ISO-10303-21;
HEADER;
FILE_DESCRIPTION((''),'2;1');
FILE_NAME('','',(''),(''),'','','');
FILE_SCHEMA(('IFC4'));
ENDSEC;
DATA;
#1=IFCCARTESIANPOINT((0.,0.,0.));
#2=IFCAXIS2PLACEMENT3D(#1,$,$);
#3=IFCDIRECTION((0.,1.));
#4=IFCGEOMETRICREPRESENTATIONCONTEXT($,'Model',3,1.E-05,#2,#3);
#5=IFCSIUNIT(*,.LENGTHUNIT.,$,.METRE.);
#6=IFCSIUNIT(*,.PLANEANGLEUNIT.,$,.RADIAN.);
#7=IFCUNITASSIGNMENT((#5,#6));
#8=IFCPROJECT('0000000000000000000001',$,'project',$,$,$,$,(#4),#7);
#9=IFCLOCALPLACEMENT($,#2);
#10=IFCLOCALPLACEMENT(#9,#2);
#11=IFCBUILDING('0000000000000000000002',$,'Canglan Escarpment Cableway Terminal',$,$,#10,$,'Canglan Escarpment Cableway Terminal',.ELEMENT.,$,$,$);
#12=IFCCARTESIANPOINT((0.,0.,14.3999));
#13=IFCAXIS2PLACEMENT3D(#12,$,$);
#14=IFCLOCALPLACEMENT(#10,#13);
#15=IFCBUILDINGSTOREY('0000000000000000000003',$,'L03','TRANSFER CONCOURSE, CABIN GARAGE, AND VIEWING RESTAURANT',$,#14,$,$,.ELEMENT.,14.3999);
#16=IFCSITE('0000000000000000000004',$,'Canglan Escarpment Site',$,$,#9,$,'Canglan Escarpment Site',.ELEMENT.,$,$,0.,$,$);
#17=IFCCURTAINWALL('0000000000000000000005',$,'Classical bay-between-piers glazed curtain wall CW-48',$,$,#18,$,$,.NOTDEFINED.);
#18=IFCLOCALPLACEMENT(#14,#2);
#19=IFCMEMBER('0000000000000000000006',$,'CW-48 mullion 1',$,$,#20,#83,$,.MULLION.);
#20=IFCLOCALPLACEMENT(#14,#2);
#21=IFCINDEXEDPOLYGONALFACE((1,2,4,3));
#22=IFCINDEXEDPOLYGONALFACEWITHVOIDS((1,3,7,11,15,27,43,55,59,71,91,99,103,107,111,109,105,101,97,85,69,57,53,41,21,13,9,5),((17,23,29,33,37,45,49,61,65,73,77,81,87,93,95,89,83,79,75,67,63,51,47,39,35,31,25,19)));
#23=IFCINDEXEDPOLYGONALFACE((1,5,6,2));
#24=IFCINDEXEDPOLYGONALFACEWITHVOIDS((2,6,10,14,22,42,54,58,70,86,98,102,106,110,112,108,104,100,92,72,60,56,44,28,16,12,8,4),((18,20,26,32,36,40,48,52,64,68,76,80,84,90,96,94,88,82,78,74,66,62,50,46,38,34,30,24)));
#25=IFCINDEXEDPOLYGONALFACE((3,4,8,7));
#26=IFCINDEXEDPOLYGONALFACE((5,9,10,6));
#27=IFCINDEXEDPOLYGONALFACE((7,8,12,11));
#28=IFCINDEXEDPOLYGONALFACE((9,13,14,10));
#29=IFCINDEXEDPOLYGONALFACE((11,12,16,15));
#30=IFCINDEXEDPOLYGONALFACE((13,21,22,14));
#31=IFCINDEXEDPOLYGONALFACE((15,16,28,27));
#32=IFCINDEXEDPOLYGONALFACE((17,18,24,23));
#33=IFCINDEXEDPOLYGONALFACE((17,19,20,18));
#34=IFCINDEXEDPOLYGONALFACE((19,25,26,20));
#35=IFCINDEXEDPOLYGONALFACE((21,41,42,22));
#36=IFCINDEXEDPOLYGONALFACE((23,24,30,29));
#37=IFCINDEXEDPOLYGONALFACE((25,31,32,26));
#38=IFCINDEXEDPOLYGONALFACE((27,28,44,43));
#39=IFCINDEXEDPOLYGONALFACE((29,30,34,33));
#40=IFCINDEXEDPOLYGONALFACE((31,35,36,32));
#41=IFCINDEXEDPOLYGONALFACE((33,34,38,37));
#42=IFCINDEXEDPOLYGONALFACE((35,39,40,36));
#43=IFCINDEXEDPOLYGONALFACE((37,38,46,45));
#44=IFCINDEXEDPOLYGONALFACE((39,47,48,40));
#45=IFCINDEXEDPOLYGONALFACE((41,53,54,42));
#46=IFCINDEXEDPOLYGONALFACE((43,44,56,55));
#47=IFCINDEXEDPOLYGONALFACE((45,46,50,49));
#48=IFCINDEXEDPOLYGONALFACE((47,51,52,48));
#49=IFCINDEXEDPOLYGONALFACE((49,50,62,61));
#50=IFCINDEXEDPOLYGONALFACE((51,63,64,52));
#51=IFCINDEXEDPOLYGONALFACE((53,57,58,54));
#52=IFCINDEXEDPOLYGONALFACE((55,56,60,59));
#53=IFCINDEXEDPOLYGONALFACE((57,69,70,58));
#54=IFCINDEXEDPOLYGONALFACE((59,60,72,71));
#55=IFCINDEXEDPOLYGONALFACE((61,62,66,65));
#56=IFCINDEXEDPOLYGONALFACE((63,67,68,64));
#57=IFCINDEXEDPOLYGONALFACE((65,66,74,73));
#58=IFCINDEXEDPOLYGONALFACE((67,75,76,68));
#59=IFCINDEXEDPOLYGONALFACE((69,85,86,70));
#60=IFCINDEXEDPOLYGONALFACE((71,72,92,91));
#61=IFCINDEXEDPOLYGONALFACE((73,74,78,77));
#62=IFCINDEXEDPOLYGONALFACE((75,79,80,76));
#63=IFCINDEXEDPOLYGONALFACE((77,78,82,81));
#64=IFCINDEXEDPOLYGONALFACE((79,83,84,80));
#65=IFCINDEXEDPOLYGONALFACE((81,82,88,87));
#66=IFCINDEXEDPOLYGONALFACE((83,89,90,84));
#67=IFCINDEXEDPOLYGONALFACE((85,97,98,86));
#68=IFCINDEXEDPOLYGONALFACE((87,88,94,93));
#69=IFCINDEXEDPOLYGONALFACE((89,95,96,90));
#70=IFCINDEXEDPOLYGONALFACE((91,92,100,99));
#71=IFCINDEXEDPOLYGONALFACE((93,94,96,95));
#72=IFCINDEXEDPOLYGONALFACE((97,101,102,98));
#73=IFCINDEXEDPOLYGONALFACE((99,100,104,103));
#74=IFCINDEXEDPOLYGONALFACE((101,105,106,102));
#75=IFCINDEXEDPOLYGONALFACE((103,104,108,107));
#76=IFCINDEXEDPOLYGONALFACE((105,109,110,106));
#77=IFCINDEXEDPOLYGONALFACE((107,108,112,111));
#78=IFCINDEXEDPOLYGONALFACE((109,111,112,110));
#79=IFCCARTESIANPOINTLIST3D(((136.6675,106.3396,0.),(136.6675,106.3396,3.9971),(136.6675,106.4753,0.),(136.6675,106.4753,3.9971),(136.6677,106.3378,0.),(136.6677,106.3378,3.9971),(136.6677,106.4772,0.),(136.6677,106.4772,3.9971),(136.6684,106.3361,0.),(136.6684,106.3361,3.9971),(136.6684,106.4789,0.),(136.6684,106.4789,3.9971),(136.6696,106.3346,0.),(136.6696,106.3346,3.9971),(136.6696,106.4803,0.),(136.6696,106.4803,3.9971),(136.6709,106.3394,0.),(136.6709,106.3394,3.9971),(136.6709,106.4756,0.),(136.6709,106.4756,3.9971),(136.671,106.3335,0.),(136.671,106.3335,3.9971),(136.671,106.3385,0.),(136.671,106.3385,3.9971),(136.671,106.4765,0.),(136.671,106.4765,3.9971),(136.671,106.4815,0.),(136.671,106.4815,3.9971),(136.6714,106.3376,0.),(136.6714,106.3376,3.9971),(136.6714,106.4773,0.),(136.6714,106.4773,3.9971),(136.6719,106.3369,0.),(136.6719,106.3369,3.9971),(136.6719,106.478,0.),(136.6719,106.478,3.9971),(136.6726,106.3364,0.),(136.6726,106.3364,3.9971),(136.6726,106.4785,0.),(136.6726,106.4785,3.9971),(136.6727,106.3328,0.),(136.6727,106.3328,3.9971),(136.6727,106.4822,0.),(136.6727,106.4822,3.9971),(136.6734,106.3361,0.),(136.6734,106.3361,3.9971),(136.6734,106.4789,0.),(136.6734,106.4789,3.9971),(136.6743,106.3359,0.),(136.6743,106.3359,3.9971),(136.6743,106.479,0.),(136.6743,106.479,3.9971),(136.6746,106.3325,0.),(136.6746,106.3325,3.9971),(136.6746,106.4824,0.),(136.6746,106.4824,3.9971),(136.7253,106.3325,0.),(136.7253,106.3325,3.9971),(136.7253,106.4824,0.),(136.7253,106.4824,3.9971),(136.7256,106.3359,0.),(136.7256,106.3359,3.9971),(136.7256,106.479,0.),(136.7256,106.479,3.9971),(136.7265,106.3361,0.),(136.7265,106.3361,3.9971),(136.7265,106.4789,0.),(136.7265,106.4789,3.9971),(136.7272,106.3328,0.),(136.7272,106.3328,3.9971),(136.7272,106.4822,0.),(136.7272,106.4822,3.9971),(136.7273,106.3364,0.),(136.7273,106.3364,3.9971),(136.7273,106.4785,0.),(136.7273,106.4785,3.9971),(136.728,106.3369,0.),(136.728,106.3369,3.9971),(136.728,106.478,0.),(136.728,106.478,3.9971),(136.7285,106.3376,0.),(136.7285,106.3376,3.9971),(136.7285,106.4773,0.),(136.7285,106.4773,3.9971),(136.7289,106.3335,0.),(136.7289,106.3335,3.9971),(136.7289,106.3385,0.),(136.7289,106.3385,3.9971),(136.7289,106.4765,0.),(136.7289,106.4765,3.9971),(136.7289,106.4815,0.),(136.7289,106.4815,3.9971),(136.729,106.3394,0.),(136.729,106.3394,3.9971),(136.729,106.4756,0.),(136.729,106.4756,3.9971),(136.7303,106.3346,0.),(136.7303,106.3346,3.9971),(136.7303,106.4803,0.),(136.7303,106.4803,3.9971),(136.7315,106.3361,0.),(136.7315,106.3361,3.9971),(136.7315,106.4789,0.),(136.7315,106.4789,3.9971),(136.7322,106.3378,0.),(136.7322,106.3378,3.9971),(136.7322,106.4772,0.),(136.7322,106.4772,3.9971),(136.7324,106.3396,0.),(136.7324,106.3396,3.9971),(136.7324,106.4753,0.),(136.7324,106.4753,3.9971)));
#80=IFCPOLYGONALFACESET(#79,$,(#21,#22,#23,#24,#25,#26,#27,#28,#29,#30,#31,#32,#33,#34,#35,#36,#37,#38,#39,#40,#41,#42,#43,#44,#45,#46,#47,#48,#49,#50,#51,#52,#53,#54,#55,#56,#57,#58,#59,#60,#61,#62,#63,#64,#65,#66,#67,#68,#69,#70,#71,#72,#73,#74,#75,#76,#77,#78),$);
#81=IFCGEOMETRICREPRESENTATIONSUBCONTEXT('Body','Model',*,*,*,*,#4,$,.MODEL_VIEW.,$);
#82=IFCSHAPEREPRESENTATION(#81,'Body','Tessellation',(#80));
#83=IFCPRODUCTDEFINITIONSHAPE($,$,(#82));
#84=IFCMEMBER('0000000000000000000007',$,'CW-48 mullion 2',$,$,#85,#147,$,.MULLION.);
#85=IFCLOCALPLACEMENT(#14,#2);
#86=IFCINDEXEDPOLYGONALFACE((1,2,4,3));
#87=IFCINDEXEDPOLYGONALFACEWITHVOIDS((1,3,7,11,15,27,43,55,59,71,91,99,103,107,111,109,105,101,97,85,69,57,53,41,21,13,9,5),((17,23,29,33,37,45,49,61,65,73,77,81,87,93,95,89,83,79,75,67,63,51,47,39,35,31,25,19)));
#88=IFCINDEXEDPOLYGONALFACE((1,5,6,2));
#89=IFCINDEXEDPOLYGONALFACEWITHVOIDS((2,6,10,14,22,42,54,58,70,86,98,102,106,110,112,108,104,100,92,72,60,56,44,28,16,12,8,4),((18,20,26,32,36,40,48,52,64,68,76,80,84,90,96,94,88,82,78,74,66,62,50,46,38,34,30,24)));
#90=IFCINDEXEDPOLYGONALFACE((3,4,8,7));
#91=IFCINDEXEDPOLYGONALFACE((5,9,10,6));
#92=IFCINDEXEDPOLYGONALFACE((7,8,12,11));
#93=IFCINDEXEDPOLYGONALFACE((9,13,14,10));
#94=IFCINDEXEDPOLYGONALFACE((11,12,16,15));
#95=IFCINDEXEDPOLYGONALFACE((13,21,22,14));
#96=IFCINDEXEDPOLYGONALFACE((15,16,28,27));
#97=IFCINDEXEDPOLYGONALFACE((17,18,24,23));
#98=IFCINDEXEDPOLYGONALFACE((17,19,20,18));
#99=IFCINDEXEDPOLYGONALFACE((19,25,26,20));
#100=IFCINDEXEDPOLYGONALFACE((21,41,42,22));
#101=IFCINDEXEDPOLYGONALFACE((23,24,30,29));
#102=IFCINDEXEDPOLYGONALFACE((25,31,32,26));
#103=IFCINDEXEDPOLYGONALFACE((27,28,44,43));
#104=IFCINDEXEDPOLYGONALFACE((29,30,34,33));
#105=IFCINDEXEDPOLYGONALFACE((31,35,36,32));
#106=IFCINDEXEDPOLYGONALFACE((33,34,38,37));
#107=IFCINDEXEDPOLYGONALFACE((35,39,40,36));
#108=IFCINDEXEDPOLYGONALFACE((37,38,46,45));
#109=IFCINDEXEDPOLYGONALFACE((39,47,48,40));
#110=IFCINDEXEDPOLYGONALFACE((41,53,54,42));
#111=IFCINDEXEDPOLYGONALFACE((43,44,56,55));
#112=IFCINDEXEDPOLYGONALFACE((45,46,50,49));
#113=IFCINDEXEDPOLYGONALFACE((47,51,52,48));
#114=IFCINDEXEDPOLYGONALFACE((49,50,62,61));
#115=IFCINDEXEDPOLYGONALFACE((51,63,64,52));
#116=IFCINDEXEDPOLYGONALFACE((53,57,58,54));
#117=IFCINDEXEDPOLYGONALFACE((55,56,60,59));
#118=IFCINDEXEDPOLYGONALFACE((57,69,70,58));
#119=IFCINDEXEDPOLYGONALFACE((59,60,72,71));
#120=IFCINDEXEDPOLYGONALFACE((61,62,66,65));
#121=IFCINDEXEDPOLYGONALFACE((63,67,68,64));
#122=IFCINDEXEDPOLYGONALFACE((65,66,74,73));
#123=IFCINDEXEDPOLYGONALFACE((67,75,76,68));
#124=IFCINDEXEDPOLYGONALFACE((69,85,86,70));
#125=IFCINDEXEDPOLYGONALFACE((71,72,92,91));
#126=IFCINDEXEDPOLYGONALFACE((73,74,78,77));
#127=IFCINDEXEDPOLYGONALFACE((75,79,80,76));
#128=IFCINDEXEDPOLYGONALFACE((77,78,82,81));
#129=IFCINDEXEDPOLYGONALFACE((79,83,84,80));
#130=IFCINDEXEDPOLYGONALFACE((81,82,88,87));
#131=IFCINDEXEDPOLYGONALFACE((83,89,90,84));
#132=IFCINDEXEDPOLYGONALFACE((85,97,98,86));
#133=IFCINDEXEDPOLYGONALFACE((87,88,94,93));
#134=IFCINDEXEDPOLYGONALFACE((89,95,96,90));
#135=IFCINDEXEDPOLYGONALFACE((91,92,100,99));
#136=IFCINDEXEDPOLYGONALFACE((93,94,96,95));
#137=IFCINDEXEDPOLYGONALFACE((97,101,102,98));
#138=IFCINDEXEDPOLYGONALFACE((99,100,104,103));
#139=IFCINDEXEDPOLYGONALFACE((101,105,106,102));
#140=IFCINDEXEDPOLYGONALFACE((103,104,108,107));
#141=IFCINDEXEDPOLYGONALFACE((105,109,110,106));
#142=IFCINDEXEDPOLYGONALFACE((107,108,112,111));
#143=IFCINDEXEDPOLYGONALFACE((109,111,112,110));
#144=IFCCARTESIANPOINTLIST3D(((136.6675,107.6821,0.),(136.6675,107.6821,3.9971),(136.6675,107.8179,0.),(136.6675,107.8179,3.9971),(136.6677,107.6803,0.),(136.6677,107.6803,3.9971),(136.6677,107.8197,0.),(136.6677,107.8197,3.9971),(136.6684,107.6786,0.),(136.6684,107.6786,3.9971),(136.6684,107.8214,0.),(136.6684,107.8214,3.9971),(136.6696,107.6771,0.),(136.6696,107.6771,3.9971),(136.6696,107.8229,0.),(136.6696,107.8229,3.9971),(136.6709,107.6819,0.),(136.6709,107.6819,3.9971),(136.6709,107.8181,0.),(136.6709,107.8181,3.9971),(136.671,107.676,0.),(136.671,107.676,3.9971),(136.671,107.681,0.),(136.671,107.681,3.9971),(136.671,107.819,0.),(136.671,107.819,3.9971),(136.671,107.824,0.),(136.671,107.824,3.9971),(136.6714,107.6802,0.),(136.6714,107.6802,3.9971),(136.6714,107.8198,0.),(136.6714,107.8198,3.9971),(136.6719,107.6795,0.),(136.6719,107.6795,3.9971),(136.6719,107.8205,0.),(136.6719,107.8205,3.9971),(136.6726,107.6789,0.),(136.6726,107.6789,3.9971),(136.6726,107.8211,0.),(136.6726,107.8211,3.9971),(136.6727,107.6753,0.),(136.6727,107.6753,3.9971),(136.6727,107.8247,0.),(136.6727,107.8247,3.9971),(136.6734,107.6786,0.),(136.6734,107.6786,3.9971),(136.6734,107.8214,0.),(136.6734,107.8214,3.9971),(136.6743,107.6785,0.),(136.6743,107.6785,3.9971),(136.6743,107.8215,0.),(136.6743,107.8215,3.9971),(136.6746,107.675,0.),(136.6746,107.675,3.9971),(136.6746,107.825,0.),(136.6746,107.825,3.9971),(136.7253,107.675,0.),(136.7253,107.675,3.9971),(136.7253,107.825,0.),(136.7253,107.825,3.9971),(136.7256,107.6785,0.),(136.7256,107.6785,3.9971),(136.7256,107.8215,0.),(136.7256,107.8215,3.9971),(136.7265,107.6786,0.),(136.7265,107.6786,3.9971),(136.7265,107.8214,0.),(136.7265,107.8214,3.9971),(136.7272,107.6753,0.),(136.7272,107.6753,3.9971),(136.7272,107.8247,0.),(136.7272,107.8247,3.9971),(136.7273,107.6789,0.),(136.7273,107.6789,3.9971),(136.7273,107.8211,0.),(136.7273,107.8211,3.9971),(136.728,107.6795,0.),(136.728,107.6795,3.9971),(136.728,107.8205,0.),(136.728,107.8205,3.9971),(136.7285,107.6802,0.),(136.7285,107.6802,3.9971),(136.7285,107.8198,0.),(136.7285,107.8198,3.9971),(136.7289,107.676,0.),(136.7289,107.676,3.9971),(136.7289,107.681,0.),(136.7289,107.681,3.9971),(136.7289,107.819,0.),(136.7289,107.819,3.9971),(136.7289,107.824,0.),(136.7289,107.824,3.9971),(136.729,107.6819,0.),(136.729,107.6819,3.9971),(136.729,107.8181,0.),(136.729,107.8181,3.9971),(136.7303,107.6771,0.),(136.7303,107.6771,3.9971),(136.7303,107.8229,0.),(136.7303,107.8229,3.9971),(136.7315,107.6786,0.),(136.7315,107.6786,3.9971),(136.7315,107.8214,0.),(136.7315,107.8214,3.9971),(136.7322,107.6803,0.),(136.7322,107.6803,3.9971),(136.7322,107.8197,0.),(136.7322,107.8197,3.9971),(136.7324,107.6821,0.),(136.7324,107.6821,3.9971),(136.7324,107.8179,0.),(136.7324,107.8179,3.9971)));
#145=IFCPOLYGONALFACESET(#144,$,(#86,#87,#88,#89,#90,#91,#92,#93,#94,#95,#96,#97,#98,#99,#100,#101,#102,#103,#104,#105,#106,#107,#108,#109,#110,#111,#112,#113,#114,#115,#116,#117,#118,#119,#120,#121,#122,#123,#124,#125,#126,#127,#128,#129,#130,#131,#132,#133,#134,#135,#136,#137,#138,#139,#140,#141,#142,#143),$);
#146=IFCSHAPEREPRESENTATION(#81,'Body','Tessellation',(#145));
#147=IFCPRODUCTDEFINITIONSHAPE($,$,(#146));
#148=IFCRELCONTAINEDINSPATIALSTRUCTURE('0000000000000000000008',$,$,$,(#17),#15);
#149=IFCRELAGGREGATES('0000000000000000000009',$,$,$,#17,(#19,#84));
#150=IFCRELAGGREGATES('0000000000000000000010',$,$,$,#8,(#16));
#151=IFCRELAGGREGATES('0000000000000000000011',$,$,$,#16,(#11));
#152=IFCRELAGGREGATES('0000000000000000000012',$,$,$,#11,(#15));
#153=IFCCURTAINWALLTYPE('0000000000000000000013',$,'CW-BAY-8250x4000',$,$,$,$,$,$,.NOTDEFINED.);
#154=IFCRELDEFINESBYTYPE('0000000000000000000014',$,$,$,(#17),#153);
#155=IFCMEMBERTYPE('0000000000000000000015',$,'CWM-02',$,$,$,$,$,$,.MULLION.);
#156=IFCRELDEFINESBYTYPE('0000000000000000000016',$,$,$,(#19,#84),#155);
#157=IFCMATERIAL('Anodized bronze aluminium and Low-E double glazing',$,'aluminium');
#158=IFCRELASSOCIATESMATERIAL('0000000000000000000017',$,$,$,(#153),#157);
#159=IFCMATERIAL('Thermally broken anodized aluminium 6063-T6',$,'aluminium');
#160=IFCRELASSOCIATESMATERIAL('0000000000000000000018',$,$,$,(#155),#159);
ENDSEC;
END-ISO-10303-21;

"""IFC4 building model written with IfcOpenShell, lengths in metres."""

from ifc_helpers import new_model, si_unit, direction, frame, origin, origin_2d, place, context, subcontext, project, spatial, hollow_rectangle, extrude, material, material_profile, profile_set, type_object, element, aggregate, save


model = new_model("IFC4")

# Units and contexts
model_context = context("Model", 3, precision=1e-05, world=origin(), true_north=direction((0.0, 1.0)))
body_context = subcontext(model_context, "Body", "Model", "MODEL_VIEW")
ifc_project = project(units=[si_unit("LENGTHUNIT", "METRE"), si_unit("PLANEANGLEUNIT", "RADIAN")], contexts=[model_context])

# Site, building, storey
site_placement = place(None, origin())
site = spatial("IfcSite", under=ifc_project, at=site_placement, Name="Canglan Escarpment Site", LongName="Canglan Escarpment Site", CompositionType="ELEMENT", RefElevation=0.0)
building_placement = place(site_placement, origin())
building = spatial("IfcBuilding", under=site, at=building_placement, Name="Canglan Escarpment Cableway Terminal", LongName="Canglan Escarpment Cableway Terminal", CompositionType="ELEMENT")
storey_placement = place(building_placement, frame((0.0, 0.0, 14.3999)))
storey = spatial("IfcBuildingStorey", under=building, at=storey_placement, Name="L03", Description="TRANSFER CONCOURSE, CABIN GARAGE, AND VIEWING RESTAURANT", CompositionType="ELEMENT", Elevation=14.3999)

# Curtain wall, members
ifc_material_1 = material(Name="Anodized bronze aluminium and Low-E double glazing", Category="aluminium")
curtain_wall_type_1 = type_object("IfcCurtainWallType", Name="CW-BAY-8250x4000", PredefinedType="NOTDEFINED", material=ifc_material_1)
curtain_wall_1_placement = place(storey_placement, origin())
curtain_wall_1 = element("IfcCurtainWall", 1, at=curtain_wall_1_placement, inside=storey, type_object=curtain_wall_type_1, Name="Classical bay-between-piers glazed curtain wall CW-48", PredefinedType="NOTDEFINED")
ifc_material_2 = material(Name="Thermally broken anodized aluminium 6063-T6", Category="aluminium")
ifc_material_profile_1 = material_profile(ifc_material_2, hollow_rectangle(XDim=0.0649, YDim=0.1499, WallThickness=0.0034, InnerFilletRadius=0.0034, OuterFilletRadius=0.0071, at=origin_2d()), Name="ALU-MULL 65x150x3.5")
ifc_profile_set_1 = profile_set([ifc_material_profile_1], Name="Thermally broken anodized aluminium 6063-T6")
member_type_1 = type_object("IfcMemberType", Name="CWM-02", PredefinedType="MULLION", material=ifc_profile_set_1)
member_1_placement = place(storey_placement, frame((136.7, 106.4075, 0.0), z_axis=(0.0, 0.0, 1.0), x_axis=(-1.0, 0.0, 0.0)))
member_1 = element("IfcMember", 2, at=member_1_placement, type_object=member_type_1, Name="CW-48 mullion 1", PredefinedType="MULLION", context=body_context, shape_type="SweptSolid", body=[
    extrude(hollow_rectangle(XDim=0.0649, YDim=0.1499, WallThickness=0.0034, InnerFilletRadius=0.0034, OuterFilletRadius=0.0071, at=origin_2d()), origin(), (0.0, 0.0, 1.0), 3.9971),
])
member_2_placement = place(storey_placement, frame((136.7, 107.75, 0.0), z_axis=(0.0, 0.0, 1.0), x_axis=(-1.0, 0.0, 0.0)))
member_2 = element("IfcMember", 3, at=member_2_placement, type_object=member_type_1, Name="CW-48 mullion 2", PredefinedType="MULLION", context=body_context, shape_type="SweptSolid", body=[
    extrude(hollow_rectangle(XDim=0.0649, YDim=0.1499, WallThickness=0.0034, InnerFilletRadius=0.0034, OuterFilletRadius=0.0071, at=origin_2d()), origin(), (0.0, 0.0, 1.0), 3.9971),
])
aggregate(curtain_wall_1, [member_1, member_2])

save(model, "model.ifc")
